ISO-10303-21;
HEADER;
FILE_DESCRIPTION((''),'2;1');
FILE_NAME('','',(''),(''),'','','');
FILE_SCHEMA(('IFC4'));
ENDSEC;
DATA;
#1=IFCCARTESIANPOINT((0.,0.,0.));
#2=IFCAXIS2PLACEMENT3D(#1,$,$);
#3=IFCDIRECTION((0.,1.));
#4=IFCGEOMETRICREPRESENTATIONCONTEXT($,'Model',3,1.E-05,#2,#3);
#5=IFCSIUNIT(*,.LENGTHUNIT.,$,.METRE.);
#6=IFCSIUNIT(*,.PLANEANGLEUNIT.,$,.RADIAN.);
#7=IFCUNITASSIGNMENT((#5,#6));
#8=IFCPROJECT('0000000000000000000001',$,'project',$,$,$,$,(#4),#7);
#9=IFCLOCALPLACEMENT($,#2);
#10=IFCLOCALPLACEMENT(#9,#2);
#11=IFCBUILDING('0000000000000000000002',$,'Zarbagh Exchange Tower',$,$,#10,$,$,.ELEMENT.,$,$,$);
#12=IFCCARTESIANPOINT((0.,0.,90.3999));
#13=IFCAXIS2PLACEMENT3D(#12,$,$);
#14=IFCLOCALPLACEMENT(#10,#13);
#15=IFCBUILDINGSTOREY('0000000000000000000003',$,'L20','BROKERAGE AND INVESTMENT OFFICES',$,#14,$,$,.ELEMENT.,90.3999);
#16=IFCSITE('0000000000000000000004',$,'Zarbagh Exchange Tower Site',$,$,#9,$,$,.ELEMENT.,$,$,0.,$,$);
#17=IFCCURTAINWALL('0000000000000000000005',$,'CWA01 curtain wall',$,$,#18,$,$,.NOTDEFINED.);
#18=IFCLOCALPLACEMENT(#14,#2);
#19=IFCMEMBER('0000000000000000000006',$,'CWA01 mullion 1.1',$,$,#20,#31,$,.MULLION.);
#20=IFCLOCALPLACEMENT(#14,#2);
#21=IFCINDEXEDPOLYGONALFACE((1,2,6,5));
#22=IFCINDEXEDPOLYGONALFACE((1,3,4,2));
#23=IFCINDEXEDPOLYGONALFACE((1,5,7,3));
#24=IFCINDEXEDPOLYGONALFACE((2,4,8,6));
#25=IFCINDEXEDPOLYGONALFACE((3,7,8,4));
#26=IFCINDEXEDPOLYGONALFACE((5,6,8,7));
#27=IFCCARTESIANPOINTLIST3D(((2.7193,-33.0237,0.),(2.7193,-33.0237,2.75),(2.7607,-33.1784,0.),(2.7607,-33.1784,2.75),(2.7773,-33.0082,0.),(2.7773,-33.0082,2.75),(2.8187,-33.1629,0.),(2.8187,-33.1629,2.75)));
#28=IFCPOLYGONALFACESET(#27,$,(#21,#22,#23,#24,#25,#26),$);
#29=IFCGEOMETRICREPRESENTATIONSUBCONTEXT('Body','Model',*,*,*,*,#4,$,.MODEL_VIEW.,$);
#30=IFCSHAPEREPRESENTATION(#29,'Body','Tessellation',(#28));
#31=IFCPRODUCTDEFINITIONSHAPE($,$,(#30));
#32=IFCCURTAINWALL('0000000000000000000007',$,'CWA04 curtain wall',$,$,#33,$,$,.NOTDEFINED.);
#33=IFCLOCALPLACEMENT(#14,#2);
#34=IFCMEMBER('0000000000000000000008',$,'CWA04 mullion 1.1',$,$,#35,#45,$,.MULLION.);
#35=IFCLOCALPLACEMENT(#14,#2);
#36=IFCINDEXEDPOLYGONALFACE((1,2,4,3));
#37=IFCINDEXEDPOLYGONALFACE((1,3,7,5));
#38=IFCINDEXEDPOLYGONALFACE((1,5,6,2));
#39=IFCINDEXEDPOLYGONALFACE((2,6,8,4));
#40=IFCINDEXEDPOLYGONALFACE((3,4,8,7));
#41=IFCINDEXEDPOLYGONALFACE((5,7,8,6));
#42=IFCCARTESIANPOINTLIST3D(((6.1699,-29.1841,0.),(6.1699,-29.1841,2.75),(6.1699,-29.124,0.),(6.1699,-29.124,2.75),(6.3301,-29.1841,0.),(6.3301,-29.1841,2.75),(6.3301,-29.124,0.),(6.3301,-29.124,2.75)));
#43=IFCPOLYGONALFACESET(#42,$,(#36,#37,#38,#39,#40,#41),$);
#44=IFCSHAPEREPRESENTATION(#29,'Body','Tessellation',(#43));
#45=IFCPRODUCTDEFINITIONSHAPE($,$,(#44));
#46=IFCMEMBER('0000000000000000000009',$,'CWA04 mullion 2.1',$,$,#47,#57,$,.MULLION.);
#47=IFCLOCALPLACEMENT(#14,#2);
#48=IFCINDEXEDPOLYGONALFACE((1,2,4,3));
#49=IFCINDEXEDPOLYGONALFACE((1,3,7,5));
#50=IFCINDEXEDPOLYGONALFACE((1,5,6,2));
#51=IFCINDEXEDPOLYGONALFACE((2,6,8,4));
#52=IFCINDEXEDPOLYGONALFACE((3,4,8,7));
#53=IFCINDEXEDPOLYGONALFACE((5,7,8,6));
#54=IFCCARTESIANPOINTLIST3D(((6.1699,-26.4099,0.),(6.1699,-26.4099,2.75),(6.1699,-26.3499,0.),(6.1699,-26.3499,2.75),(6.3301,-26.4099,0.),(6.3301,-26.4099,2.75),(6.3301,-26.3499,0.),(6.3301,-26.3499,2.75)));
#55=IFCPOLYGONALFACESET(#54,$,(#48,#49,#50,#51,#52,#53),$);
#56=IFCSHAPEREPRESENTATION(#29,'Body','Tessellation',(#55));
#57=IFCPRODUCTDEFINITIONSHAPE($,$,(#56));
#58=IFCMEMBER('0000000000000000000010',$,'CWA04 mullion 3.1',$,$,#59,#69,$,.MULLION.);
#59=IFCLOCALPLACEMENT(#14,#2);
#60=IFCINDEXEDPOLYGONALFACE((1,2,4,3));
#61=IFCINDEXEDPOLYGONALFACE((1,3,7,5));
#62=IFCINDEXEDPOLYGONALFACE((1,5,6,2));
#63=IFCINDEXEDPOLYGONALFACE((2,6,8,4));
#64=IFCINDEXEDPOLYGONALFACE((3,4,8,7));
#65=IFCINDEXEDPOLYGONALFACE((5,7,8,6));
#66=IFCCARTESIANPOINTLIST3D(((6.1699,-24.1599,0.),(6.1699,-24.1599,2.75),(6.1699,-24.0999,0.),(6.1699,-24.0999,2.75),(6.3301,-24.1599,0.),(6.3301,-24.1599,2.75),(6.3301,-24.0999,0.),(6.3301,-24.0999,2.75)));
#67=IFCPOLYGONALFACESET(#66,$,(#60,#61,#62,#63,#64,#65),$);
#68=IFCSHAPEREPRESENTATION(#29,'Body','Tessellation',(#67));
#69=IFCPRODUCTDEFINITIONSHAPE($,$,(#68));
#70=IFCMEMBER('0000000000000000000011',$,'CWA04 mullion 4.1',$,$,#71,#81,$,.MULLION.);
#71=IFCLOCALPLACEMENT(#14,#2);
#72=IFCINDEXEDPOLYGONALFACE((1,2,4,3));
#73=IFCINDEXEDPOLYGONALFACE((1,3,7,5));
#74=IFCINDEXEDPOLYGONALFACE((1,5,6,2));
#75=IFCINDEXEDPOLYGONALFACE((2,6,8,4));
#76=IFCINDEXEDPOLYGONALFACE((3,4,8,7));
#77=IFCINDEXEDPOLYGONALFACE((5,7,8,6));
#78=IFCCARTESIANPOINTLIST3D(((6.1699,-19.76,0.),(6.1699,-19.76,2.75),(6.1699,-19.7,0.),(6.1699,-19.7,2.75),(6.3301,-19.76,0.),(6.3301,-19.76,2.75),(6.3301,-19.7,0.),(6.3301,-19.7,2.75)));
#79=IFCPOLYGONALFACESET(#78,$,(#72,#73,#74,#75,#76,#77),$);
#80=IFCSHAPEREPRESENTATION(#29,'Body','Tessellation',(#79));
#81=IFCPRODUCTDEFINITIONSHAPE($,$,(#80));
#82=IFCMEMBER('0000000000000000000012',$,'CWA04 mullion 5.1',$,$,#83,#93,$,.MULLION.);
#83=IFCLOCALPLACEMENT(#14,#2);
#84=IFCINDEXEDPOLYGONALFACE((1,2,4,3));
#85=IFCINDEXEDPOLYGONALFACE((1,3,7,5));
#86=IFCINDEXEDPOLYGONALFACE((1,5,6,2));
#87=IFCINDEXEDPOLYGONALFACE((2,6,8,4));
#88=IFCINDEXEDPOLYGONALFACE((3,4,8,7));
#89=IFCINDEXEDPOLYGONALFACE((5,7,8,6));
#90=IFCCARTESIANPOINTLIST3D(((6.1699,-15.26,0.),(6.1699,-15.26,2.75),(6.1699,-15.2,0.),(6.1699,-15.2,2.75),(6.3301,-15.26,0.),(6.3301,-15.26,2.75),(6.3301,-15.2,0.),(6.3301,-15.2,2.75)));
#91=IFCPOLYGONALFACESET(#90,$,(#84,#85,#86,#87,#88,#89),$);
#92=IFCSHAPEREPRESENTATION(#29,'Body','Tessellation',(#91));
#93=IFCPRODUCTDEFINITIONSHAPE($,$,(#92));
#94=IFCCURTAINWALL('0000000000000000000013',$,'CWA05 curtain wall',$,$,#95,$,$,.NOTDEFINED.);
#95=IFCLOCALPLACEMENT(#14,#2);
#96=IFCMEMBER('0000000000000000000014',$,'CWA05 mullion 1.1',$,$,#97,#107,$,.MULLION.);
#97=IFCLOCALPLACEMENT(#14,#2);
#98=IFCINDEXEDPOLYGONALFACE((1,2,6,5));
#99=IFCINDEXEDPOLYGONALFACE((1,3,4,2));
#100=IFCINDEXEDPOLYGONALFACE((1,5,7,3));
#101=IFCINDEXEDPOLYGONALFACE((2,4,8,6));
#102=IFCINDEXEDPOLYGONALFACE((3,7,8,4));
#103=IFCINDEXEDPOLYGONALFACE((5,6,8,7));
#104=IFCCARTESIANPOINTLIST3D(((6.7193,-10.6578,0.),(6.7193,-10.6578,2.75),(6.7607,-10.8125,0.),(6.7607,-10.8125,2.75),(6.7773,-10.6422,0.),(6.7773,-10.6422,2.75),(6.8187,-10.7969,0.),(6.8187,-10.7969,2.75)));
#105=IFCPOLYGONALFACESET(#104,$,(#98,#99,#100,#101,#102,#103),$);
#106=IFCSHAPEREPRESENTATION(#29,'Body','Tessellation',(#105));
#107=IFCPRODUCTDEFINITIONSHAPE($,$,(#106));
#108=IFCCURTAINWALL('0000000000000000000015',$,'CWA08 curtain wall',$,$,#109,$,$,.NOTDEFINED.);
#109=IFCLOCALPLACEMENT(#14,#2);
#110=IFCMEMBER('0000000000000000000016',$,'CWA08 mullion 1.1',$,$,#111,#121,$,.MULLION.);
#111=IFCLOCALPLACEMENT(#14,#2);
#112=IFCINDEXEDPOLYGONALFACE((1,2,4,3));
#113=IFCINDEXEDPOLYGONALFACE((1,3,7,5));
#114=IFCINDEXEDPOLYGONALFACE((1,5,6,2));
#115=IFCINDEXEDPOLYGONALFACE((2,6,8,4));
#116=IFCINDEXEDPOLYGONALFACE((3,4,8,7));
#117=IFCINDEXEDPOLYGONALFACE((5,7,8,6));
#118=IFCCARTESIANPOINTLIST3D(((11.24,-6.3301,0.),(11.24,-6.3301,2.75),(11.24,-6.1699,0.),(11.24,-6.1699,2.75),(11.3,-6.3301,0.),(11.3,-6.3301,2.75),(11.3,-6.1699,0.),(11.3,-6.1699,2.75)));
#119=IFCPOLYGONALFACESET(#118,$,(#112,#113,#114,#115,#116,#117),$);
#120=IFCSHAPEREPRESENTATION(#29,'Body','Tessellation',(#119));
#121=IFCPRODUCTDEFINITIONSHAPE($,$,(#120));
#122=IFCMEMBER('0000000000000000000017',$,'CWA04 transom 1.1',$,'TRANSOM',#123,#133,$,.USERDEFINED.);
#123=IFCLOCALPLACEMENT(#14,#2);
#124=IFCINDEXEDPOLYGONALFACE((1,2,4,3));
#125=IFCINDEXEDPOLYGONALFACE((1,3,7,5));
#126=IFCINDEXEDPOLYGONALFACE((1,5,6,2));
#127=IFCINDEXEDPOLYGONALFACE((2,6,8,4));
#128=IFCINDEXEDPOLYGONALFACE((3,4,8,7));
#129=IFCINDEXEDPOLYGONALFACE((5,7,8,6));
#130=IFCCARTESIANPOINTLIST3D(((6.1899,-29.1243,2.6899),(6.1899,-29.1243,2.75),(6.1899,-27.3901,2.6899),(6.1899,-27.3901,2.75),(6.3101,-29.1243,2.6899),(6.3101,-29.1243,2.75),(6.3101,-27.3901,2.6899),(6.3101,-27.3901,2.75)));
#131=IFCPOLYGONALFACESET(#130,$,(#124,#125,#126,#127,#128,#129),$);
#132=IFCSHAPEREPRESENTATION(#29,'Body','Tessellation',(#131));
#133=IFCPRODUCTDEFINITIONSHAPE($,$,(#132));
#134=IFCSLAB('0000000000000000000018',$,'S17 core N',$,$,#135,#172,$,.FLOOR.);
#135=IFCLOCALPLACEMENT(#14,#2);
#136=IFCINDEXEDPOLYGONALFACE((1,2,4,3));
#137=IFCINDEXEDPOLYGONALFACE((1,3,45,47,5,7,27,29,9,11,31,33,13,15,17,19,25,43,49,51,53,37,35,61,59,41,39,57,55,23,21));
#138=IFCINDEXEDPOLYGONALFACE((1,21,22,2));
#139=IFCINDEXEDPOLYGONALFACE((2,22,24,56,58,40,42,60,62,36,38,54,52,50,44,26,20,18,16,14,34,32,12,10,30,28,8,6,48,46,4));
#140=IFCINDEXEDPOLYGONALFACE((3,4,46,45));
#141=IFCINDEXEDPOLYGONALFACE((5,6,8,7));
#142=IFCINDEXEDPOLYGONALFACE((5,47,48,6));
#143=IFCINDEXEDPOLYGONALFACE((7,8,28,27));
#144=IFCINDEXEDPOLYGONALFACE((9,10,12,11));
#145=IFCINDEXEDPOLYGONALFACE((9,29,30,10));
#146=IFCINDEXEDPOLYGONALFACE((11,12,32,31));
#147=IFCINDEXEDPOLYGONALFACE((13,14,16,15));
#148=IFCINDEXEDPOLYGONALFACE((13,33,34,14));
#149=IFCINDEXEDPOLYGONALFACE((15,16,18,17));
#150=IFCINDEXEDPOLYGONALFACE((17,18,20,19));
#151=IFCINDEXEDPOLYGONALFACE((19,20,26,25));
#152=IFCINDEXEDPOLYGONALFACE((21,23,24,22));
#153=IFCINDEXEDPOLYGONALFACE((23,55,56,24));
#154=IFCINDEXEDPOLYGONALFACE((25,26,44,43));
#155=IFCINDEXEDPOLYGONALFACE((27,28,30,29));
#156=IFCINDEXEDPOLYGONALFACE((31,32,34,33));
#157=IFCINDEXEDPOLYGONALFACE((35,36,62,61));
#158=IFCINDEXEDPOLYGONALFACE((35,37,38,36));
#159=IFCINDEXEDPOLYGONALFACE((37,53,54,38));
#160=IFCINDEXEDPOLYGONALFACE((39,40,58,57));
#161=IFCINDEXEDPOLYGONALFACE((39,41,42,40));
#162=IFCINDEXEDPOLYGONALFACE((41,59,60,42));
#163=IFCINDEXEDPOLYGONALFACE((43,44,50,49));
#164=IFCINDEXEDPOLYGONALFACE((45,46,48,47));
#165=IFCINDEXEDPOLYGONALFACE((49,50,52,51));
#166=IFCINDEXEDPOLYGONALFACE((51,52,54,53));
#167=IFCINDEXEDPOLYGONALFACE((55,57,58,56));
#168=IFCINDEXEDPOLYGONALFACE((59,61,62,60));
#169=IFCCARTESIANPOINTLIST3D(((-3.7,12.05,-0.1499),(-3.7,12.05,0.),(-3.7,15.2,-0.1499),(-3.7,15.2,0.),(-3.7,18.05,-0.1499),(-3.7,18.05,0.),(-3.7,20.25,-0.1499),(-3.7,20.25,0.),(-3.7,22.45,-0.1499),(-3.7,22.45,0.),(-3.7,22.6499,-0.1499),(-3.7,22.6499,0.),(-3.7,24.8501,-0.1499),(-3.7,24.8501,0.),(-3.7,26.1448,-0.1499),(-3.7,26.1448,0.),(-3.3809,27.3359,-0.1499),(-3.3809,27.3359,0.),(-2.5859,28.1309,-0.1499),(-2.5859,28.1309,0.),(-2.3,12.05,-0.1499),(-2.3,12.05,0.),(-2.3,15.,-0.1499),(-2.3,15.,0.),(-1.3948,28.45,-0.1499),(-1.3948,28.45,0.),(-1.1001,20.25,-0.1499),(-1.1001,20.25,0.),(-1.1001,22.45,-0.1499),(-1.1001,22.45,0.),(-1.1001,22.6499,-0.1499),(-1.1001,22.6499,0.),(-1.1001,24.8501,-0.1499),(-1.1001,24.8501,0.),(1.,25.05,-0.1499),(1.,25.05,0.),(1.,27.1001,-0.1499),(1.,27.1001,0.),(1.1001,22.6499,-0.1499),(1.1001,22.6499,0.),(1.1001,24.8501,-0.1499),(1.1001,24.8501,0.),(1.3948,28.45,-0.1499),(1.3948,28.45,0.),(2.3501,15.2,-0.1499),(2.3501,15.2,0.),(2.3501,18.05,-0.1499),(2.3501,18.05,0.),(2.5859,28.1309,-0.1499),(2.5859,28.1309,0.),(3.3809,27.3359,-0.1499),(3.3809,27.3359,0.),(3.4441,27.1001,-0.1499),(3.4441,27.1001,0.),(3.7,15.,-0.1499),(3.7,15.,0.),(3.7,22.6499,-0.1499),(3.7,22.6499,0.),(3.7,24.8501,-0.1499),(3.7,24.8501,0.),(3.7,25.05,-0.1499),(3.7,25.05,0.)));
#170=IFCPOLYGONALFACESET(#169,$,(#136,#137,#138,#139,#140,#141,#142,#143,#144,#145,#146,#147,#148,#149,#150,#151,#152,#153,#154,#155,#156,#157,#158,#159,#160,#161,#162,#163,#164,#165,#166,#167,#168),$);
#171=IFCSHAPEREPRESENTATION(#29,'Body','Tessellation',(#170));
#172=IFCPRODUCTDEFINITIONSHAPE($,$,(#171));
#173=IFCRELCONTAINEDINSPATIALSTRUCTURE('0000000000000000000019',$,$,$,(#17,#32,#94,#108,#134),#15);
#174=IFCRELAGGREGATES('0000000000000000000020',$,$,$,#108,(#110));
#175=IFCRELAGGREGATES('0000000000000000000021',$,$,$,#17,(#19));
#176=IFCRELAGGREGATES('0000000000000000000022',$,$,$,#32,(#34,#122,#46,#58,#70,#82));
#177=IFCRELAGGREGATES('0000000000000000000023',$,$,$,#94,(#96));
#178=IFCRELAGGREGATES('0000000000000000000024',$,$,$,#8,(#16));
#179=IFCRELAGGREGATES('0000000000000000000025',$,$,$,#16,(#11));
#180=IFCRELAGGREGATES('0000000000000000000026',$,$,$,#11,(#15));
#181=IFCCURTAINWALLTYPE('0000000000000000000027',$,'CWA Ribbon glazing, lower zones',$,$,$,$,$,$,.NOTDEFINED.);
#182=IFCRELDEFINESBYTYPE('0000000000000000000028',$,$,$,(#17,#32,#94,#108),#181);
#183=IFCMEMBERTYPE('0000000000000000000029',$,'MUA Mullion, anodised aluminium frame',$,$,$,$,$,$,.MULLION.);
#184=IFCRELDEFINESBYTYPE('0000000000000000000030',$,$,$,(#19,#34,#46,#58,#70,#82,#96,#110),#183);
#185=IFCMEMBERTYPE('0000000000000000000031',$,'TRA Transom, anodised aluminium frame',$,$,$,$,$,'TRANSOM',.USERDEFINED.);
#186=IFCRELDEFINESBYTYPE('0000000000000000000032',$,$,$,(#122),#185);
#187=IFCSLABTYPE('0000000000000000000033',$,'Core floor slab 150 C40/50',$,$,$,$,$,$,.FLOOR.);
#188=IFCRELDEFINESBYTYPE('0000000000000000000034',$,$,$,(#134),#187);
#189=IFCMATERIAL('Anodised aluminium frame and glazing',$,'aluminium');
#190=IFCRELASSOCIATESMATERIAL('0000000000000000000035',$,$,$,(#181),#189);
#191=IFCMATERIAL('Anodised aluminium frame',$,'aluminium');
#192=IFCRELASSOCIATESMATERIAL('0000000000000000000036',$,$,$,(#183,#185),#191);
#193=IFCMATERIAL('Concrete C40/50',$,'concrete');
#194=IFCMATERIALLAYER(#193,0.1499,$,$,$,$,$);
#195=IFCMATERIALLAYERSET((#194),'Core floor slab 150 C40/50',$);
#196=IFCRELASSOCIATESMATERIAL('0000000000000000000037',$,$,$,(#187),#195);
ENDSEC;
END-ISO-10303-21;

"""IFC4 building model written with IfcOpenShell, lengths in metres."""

from ifc_helpers import new_model, si_unit, direction, frame, origin, place, context, subcontext, project, spatial, polyline, outline, extrude, source, transform, mapped, material, layer, layer_set, type_object, element, aggregate, save


model = new_model("IFC4")

# Units and contexts
model_context = context("Model", 3, precision=1e-05, world=origin(), true_north=direction((0.0, 1.0)))
body_context = subcontext(model_context, "Body", "Model", "MODEL_VIEW")
ifc_project = project(units=[si_unit("LENGTHUNIT", "METRE"), si_unit("PLANEANGLEUNIT", "RADIAN")], contexts=[model_context])

# Site, building, storey
site_placement = place(None, origin())
site = spatial("IfcSite", under=ifc_project, at=site_placement, Name="Zarbagh Exchange Tower Site", CompositionType="ELEMENT", RefElevation=0.0)
building_placement = place(site_placement, origin())
building = spatial("IfcBuilding", under=site, at=building_placement, Name="Zarbagh Exchange Tower", CompositionType="ELEMENT")
storey_placement = place(building_placement, frame((0.0, 0.0, 90.3999)))
storey = spatial("IfcBuildingStorey", under=building, at=storey_placement, Name="L20", Description="BROKERAGE AND INVESTMENT OFFICES", CompositionType="ELEMENT", Elevation=90.3999)

# Curtain wall, member
ifc_material_1 = material(Name="Anodised aluminium frame and glazing", Category="aluminium")
curtain_wall_type = type_object("IfcCurtainWallType", Name="CWA Ribbon glazing, lower zones", PredefinedType="NOTDEFINED", material=ifc_material_1)
curtain_wall_1_placement = place(storey_placement, origin())
curtain_wall_1 = element("IfcCurtainWall", 1, at=curtain_wall_1_placement, inside=storey, type_object=curtain_wall_type, Name="CWA01 curtain wall", PredefinedType="NOTDEFINED")
ifc_material_2 = material(Name="Anodised aluminium frame", Category="aluminium")
member_type_1 = type_object("IfcMemberType", Name="MUA Mullion, anodised aluminium frame", PredefinedType="MULLION", material=ifc_material_2)
shared_shape_1 = source(origin(), body_context, "Body", "SweptSolid", [
    extrude(outline(polyline([(0.0, -0.0801), (0.0601, -0.0801), (0.0601, 0.0801), (0.0, 0.0801), (0.0, -0.0801)])), origin(), (0.0, 0.0, 1.0), 2.75),
])
placement = place(storey_placement, origin())
member_1 = element("IfcMember", 2, at=placement, type_object=member_type_1, Name="CWA01 mullion 1.1", PredefinedType="MULLION", context=body_context, shape_type="MappedRepresentation", body=[
    mapped(shared_shape_1, transform((2.74, -33.1011, 0.0), x_axis=(0.965924, 0.258825, 0.0), y_axis=(-0.258825, 0.965924, 0.0), z_axis=(0.0, 0.0, 1.0))),
])

# Curtain wall, members
curtain_wall_2_placement = place(storey_placement, origin())
curtain_wall_2 = element("IfcCurtainWall", 3, at=curtain_wall_2_placement, inside=storey, type_object=curtain_wall_type, Name="CWA04 curtain wall", PredefinedType="NOTDEFINED")
member_2 = element("IfcMember", 4, at=placement, type_object=member_type_1, Name="CWA04 mullion 1.1", PredefinedType="MULLION", context=body_context, shape_type="MappedRepresentation", body=[
    mapped(shared_shape_1, transform((6.25, -29.1841, 0.0), x_axis=(0.0, 1.0, 0.0), y_axis=(-1.0, 0.0, 0.0), z_axis=(0.0, 0.0, 1.0))),
])
member_3 = element("IfcMember", 5, at=placement, type_object=member_type_1, Name="CWA04 mullion 2.1", PredefinedType="MULLION", context=body_context, shape_type="MappedRepresentation", body=[
    mapped(shared_shape_1, transform((6.25, -26.4099, 0.0), x_axis=(0.0, 1.0, 0.0), y_axis=(-1.0, 0.0, 0.0), z_axis=(0.0, 0.0, 1.0))),
])
member_4 = element("IfcMember", 6, at=placement, type_object=member_type_1, Name="CWA04 mullion 3.1", PredefinedType="MULLION", context=body_context, shape_type="MappedRepresentation", body=[
    mapped(shared_shape_1, transform((6.25, -24.1599, 0.0), x_axis=(0.0, 1.0, 0.0), y_axis=(-1.0, 0.0, 0.0), z_axis=(0.0, 0.0, 1.0))),
])
member_5 = element("IfcMember", 7, at=placement, type_object=member_type_1, Name="CWA04 mullion 4.1", PredefinedType="MULLION", context=body_context, shape_type="MappedRepresentation", body=[
    mapped(shared_shape_1, transform((6.25, -19.76, 0.0), x_axis=(0.0, 1.0, 0.0), y_axis=(-1.0, 0.0, 0.0), z_axis=(0.0, 0.0, 1.0))),
])
member_6 = element("IfcMember", 8, at=placement, type_object=member_type_1, Name="CWA04 mullion 5.1", PredefinedType="MULLION", context=body_context, shape_type="MappedRepresentation", body=[
    mapped(shared_shape_1, transform((6.25, -15.26, 0.0), x_axis=(0.0, 1.0, 0.0), y_axis=(-1.0, 0.0, 0.0), z_axis=(0.0, 0.0, 1.0))),
])

# Curtain walls, members
curtain_wall_3_placement = place(storey_placement, origin())
curtain_wall_3 = element("IfcCurtainWall", 9, at=curtain_wall_3_placement, inside=storey, type_object=curtain_wall_type, Name="CWA05 curtain wall", PredefinedType="NOTDEFINED")
member_7 = element("IfcMember", 10, at=placement, type_object=member_type_1, Name="CWA05 mullion 1.1", PredefinedType="MULLION", context=body_context, shape_type="MappedRepresentation", body=[
    mapped(shared_shape_1, transform((6.74, -10.7351, 0.0), x_axis=(0.965924, 0.258825, 0.0), y_axis=(-0.258825, 0.965924, 0.0), z_axis=(0.0, 0.0, 1.0))),
])
curtain_wall_4_placement = place(storey_placement, origin())
curtain_wall_4 = element("IfcCurtainWall", 11, at=curtain_wall_4_placement, inside=storey, type_object=curtain_wall_type, Name="CWA08 curtain wall", PredefinedType="NOTDEFINED")
member_8 = element("IfcMember", 12, at=placement, type_object=member_type_1, Name="CWA08 mullion 1.1", PredefinedType="MULLION", context=body_context, shape_type="MappedRepresentation", body=[
    mapped(shared_shape_1, transform((11.24, -6.25, 0.0), x_axis=(1.0, 0.0, 0.0), y_axis=(0.0, 1.0, 0.0), z_axis=(0.0, 0.0, 1.0))),
])
aggregate(curtain_wall_4, [member_8])

# Member
member_type_2 = type_object("IfcMemberType", Name="TRA Transom, anodised aluminium frame", ElementType="TRANSOM", PredefinedType="USERDEFINED", material=ifc_material_2)
shared_shape_2 = source(origin(), body_context, "Body", "SweptSolid", [
    extrude(outline(polyline([(-0.0601, -0.0601), (0.0, -0.0601), (0.0, 0.0601), (-0.0601, 0.0601), (-0.0601, -0.0601)])), origin(), (0.0, 0.0, 1.0), 1.7341),
])
member_9 = element("IfcMember", 13, at=placement, type_object=member_type_2, Name="CWA04 transom 1.1", ObjectType="TRANSOM", PredefinedType="USERDEFINED", context=body_context, shape_type="MappedRepresentation", body=[
    mapped(shared_shape_2, transform((6.25, -29.1243, 2.75), x_axis=(0.0, 0.0, 1.0), y_axis=(1.0, 0.0, 0.0), z_axis=(0.0, 1.0, 0.0))),
])

# Slab
ifc_material_3 = material(Name="Concrete C40/50", Category="concrete")
ifc_layer_1 = layer(ifc_material_3, 0.1499)
ifc_layer_set_1 = layer_set([ifc_layer_1], Name="Core floor slab 150 C40/50")
slab_type = type_object("IfcSlabType", Name="Core floor slab 150 C40/50", PredefinedType="FLOOR", material=ifc_layer_set_1)
slab_1_placement = place(storey_placement, frame((0.0, 0.0, -0.1499)))
element("IfcSlab", 14, at=slab_1_placement, inside=storey, type_object=slab_type, Name="S17 core N", PredefinedType="FLOOR", context=body_context, shape_type="SweptSolid", body=[
    extrude(outline(polyline([(-3.7, 12.05), (-3.7, 15.2), (2.3501, 15.2), (2.3501, 18.05), (-3.7, 18.05), (-3.7, 20.25), (-1.1001, 20.25), (-1.1001, 22.45), (-3.7, 22.45), (-3.7, 22.6499), (-1.1001, 22.6499), (-1.1001, 24.8501), (-3.7, 24.8501), (-3.7, 26.1448), (-3.3809, 27.3359), (-2.5859, 28.1309), (-1.3948, 28.45), (1.3948, 28.45), (2.5859, 28.1309), (3.3809, 27.3359), (3.6465, 26.3447), (3.4441, 27.1001), (1.0, 27.1001), (1.0, 25.05), (3.7, 25.05), (3.7, 24.8501), (1.1001, 24.8501), (1.1001, 22.6499), (3.7, 22.6499), (3.7, 15.0), (-2.3, 15.0), (-2.3, 12.05), (-3.7, 12.05)])), origin(), (0.0, 0.0, 1.0), 0.1499),
])

aggregate(curtain_wall_1, [member_1])

aggregate(curtain_wall_2, [member_2, member_9, member_3, member_4, member_5, member_6])
aggregate(curtain_wall_3, [member_7])

save(model, "model.ifc")
